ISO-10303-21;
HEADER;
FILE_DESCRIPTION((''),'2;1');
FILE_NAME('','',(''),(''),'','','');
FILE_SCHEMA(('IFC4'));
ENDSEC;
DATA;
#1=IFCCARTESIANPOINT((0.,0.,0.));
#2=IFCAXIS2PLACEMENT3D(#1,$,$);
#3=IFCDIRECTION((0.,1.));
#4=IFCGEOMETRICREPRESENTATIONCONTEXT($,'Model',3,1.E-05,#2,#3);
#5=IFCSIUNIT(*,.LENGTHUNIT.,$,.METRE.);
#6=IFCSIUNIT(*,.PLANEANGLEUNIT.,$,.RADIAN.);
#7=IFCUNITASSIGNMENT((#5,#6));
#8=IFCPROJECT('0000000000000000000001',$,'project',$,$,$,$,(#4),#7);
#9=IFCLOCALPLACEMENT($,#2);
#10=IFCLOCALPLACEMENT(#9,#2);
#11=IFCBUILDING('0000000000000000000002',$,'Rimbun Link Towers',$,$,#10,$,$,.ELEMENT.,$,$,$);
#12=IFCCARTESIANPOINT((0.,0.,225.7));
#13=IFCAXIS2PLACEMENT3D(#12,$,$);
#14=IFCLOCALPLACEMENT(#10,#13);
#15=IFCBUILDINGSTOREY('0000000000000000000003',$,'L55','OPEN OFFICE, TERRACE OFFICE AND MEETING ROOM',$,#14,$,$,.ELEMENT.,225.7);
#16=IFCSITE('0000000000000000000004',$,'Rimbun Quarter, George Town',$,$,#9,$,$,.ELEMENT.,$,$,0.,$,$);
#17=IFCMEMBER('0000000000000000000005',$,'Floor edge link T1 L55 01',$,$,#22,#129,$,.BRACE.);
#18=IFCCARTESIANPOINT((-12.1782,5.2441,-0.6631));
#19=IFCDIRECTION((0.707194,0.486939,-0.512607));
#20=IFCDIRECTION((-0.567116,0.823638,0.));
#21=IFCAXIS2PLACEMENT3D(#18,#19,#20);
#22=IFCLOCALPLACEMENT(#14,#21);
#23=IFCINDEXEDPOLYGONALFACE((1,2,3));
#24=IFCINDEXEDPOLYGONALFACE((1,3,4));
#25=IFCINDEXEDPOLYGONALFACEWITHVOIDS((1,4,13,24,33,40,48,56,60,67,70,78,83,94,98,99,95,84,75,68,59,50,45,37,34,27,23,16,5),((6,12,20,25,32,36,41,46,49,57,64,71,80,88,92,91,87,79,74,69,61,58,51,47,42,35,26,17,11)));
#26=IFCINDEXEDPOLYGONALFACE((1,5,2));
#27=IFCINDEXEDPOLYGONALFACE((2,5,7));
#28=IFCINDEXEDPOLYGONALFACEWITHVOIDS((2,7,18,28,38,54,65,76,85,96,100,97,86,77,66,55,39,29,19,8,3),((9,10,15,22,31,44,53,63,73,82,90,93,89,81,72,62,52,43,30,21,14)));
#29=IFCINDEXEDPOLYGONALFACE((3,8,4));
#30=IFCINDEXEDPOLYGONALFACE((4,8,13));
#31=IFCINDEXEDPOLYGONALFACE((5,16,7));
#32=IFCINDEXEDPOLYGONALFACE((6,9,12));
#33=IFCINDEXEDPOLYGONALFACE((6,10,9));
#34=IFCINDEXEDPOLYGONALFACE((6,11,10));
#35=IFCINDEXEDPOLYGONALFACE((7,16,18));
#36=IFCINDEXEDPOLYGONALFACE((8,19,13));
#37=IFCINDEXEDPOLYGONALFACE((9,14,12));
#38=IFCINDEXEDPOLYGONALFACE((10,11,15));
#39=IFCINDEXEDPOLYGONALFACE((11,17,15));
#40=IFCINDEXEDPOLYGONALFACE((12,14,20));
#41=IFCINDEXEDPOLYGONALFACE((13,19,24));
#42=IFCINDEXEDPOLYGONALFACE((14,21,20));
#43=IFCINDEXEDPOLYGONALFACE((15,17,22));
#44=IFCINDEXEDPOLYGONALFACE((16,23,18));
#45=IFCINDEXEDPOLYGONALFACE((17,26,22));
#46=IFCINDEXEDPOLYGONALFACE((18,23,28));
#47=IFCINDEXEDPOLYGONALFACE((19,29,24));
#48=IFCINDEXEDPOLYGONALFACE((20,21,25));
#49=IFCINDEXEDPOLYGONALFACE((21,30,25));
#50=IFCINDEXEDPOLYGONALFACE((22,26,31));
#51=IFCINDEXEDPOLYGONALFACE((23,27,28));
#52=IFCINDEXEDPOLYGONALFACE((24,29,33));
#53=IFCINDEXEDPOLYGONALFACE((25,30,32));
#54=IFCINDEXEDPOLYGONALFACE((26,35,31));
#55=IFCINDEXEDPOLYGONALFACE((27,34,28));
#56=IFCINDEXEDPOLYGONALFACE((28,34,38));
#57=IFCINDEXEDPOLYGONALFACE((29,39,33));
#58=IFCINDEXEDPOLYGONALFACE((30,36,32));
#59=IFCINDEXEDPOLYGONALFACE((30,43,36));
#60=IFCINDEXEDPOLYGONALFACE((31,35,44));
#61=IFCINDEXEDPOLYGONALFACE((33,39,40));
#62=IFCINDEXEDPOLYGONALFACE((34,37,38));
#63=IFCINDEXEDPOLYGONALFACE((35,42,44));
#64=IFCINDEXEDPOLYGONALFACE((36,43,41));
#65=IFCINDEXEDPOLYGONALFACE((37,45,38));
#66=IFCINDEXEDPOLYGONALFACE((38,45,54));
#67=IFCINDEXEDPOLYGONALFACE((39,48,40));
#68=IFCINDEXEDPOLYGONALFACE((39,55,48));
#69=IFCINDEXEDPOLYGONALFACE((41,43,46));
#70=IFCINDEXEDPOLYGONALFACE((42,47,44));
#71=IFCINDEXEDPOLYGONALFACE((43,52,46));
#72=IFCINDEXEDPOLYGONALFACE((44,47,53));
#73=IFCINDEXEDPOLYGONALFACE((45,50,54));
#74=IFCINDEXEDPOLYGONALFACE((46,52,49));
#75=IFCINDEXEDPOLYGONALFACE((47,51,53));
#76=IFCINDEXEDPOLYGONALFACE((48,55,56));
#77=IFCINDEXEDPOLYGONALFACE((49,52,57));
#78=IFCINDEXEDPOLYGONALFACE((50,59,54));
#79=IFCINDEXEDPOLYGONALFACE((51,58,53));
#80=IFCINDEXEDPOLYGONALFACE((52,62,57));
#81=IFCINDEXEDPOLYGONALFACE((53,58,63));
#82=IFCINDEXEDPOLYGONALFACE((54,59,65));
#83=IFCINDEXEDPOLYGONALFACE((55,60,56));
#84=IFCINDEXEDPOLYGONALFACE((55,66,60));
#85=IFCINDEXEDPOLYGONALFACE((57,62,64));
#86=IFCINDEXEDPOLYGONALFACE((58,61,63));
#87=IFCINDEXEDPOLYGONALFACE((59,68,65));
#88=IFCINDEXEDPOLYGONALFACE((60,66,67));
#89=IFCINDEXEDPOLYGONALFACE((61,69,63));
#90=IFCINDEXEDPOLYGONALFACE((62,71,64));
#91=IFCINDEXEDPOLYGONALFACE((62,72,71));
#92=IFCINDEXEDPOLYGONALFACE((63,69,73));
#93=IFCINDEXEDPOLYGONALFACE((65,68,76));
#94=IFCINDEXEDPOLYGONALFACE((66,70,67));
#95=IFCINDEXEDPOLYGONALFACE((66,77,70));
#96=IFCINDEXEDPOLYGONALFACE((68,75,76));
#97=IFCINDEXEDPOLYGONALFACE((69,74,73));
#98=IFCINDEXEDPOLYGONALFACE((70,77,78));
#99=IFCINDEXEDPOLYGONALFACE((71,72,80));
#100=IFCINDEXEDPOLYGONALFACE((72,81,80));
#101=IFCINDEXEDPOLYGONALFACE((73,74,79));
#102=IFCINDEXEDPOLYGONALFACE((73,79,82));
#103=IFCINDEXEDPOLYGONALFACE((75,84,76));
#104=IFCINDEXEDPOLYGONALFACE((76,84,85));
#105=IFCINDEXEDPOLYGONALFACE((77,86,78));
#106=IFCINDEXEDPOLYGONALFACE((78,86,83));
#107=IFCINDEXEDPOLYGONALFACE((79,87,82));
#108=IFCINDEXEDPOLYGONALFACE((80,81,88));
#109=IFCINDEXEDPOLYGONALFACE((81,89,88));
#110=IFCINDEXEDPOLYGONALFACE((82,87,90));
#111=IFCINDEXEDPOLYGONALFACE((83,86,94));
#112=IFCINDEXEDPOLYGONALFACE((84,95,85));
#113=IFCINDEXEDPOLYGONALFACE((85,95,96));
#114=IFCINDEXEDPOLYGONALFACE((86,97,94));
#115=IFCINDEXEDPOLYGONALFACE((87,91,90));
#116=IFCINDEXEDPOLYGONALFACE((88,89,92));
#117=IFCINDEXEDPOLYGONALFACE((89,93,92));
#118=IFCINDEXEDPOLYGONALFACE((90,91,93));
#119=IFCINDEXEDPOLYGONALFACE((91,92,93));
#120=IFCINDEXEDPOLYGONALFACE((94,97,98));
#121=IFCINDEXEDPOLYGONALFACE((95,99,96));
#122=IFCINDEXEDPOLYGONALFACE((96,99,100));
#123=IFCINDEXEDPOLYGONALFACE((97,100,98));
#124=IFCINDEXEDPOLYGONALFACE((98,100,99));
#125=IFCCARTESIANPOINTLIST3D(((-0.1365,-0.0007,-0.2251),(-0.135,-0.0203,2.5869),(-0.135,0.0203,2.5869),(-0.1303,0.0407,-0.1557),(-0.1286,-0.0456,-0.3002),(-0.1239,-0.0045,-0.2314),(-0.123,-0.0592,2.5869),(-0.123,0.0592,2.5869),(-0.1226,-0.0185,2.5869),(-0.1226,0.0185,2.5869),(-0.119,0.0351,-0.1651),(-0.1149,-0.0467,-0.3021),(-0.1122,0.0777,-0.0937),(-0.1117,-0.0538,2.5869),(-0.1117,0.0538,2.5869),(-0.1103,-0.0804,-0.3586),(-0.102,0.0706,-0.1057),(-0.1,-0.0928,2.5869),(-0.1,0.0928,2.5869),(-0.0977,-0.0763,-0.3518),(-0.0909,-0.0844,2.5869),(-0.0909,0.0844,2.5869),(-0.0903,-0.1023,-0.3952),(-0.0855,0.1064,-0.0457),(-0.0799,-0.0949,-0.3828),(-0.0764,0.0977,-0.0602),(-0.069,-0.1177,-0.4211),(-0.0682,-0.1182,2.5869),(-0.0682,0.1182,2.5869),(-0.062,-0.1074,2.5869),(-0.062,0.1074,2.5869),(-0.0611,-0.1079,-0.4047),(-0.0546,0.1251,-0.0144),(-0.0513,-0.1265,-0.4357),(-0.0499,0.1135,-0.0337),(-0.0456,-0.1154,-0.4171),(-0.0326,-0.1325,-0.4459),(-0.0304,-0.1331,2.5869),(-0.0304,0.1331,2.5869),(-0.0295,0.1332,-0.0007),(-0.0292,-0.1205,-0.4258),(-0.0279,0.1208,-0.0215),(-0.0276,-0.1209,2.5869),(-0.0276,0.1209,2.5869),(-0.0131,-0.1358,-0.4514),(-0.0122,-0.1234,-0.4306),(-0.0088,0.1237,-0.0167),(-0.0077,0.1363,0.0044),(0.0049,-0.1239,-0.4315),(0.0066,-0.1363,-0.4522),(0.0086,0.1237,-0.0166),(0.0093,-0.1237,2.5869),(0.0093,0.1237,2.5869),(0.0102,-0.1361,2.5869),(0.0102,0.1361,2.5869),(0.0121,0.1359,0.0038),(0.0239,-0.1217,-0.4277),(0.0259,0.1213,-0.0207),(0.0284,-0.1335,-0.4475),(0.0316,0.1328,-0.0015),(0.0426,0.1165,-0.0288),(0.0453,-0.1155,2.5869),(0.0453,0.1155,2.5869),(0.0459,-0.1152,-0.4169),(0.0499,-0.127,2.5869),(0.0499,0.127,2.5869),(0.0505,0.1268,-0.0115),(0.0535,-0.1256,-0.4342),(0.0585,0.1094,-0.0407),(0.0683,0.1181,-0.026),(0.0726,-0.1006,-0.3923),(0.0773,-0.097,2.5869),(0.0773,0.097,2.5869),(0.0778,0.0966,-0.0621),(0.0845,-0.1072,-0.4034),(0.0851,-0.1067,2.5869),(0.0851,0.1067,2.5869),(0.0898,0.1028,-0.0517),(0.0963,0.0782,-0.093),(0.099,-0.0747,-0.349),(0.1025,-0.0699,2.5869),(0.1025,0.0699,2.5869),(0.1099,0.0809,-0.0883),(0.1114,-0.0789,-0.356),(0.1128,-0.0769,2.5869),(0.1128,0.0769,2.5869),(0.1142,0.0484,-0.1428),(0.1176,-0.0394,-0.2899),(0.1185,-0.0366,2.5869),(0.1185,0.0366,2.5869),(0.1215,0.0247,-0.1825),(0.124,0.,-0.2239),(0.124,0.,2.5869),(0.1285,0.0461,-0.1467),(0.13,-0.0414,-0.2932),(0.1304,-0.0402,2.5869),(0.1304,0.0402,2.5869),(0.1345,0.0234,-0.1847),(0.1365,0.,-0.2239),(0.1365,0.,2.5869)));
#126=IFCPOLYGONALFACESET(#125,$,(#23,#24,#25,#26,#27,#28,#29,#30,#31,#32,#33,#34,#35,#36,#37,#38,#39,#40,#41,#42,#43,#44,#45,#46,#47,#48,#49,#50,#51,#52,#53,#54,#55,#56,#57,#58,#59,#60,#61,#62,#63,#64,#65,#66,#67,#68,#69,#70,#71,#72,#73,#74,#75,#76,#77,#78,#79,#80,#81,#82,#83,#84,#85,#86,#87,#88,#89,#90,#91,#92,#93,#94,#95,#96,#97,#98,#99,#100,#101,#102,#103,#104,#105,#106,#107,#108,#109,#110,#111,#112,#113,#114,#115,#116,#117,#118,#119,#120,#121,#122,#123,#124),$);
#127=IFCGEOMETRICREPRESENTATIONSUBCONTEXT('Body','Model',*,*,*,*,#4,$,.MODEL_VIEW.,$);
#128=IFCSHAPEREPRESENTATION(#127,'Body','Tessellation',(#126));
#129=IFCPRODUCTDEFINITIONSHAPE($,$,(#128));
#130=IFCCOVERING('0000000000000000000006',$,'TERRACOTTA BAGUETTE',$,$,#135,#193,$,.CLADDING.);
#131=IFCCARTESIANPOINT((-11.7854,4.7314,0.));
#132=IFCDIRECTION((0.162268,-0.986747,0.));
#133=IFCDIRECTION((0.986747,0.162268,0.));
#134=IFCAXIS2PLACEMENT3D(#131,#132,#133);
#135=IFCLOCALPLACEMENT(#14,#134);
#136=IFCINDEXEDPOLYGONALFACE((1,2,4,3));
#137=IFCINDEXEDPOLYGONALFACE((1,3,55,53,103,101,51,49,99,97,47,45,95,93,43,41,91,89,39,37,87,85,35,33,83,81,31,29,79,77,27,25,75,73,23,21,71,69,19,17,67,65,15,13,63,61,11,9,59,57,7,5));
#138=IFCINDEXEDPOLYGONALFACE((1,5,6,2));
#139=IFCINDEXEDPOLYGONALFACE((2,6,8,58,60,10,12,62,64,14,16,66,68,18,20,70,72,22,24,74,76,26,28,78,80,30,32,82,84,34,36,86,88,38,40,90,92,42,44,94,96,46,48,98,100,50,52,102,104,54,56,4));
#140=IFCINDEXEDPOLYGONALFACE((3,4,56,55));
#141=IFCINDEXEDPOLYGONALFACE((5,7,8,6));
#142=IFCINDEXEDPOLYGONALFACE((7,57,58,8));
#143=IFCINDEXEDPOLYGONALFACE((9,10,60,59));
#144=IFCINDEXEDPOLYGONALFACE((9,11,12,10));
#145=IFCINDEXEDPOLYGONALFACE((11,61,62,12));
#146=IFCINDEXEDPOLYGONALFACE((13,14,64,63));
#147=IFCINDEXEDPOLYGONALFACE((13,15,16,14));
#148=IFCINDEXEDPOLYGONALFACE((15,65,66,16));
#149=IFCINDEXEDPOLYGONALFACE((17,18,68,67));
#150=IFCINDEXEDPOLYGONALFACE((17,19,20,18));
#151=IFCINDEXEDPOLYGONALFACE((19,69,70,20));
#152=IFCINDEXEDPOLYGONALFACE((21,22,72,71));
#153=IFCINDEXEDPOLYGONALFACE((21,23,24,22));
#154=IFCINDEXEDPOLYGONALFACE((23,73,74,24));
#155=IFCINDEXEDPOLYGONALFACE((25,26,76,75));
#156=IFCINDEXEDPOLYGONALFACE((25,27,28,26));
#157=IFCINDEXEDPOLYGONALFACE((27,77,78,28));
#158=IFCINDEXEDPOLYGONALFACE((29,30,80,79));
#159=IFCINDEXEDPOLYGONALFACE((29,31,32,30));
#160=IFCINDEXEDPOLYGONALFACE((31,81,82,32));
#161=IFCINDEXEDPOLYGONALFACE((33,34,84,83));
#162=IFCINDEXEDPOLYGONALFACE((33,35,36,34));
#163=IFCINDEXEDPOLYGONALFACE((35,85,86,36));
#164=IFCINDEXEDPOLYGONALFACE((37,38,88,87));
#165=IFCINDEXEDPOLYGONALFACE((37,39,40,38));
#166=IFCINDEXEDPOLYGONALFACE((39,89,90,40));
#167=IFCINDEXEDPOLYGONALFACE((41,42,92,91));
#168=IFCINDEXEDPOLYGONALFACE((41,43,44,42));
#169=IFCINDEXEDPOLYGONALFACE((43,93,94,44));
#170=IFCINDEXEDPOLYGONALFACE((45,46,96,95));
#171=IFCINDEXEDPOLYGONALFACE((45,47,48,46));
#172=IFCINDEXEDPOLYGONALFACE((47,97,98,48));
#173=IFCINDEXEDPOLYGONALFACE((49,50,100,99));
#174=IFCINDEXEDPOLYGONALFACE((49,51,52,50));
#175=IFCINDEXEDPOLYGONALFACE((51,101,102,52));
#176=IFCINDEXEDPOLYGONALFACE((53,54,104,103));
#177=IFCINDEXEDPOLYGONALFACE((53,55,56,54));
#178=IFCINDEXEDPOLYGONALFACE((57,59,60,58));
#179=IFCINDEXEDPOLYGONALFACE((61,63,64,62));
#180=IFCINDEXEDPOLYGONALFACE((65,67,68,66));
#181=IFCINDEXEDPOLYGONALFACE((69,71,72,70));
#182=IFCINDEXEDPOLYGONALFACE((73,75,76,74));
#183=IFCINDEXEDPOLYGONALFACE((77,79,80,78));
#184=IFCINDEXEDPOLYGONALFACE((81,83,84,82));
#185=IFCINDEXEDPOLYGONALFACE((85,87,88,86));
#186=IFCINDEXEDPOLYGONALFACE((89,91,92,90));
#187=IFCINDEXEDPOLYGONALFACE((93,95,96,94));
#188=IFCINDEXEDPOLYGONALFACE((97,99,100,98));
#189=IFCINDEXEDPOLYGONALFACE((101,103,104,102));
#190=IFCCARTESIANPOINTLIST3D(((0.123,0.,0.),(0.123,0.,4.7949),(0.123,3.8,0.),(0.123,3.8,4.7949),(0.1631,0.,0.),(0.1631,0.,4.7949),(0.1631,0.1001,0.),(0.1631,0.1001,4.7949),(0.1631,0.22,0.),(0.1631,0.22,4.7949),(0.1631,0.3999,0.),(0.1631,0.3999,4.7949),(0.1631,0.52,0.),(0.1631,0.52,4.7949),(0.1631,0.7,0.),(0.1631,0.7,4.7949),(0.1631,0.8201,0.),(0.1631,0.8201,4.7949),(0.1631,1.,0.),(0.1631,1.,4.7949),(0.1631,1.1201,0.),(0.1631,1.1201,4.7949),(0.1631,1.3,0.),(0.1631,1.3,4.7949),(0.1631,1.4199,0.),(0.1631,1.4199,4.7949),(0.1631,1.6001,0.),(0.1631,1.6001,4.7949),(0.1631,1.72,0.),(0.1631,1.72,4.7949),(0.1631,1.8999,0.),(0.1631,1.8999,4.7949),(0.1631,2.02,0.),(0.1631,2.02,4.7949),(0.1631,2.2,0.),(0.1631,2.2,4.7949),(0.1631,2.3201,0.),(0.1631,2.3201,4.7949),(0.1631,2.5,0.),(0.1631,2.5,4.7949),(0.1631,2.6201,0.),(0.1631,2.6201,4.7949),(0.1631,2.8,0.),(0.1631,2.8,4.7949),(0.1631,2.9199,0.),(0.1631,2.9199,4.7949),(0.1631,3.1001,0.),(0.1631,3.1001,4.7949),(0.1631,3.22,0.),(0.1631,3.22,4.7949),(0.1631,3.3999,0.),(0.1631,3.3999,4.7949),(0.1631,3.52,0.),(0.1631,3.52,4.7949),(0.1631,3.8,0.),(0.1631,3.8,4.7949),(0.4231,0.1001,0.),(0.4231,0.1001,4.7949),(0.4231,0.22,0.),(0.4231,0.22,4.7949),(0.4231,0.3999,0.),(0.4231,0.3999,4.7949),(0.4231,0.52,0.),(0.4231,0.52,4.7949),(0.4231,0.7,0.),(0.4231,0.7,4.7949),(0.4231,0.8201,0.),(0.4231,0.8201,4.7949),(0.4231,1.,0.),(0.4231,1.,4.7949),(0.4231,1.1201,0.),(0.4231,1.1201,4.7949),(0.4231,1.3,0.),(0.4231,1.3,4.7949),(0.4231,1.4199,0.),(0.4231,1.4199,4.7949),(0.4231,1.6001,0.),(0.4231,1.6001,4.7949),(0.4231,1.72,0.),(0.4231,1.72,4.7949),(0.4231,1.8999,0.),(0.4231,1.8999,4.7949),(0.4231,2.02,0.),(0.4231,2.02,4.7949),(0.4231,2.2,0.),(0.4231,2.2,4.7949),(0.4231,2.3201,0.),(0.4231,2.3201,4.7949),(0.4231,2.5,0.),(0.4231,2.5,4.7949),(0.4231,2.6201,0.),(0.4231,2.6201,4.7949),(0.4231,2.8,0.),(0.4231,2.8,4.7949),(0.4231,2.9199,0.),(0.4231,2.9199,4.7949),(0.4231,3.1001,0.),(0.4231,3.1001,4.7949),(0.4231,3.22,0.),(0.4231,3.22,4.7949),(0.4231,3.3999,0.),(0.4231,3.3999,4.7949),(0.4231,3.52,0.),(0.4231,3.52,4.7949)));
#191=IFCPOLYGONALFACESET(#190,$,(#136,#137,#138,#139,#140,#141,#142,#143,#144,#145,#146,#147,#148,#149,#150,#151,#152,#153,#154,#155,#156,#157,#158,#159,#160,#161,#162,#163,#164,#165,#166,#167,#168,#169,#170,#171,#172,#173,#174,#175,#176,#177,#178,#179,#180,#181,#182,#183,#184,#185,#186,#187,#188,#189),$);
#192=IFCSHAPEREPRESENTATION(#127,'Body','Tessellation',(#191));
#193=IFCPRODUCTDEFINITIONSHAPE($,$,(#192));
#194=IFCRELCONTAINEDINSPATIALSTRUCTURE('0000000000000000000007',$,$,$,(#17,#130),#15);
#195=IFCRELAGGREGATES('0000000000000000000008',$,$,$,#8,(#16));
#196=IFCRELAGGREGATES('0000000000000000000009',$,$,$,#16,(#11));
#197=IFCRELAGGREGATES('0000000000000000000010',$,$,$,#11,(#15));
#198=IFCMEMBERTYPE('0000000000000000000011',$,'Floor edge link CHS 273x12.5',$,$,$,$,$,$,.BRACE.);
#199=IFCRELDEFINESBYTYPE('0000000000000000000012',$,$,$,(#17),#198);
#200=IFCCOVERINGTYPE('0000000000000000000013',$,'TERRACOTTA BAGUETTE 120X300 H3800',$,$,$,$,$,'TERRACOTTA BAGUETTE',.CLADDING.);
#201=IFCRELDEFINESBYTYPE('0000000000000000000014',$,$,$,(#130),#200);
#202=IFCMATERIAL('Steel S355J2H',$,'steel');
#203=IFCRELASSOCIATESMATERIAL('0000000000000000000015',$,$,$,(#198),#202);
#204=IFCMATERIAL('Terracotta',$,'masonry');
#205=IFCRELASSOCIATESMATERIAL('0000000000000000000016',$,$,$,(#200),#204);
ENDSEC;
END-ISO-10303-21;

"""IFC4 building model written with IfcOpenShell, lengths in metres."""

from ifc_helpers import new_model, si_unit, direction, frame, origin, origin_2d, place, context, subcontext, project, spatial, polyline, hollow_circle, outline, extrude, clip, halfspace, material, material_profile, profile_set, type_object, element, save


model = new_model("IFC4")

# Units and contexts
model_context = context("Model", 3, precision=1e-05, world=origin(), true_north=direction((0.0, 1.0)))
body_context = subcontext(model_context, "Body", "Model", "MODEL_VIEW")
ifc_project = project(units=[si_unit("LENGTHUNIT", "METRE"), si_unit("PLANEANGLEUNIT", "RADIAN")], contexts=[model_context])

# Site, building, storey
site_placement = place(None, origin())
site = spatial("IfcSite", under=ifc_project, at=site_placement, Name="Rimbun Quarter, George Town", CompositionType="ELEMENT", RefElevation=0.0)
building_placement = place(site_placement, origin())
building = spatial("IfcBuilding", under=site, at=building_placement, Name="Rimbun Link Towers", CompositionType="ELEMENT")
storey_placement = place(building_placement, frame((0.0, 0.0, 225.7)))
storey = spatial("IfcBuildingStorey", under=building, at=storey_placement, Name="L55", Description="OPEN OFFICE, TERRACE OFFICE AND MEETING ROOM", CompositionType="ELEMENT", Elevation=225.7)

# Member
ifc_material_1 = material(Name="Steel S355J2H", Category="steel")
ifc_material_profile_1 = material_profile(ifc_material_1, hollow_circle(Radius=0.1365, WallThickness=0.0125, at=origin_2d()), Name="CHS 273x12.5")
ifc_profile_set_1 = profile_set([ifc_material_profile_1], Name="Steel S355J2H")
member_type_1 = type_object("IfcMemberType", Name="Floor edge link CHS 273x12.5", PredefinedType="BRACE", material=ifc_profile_set_1)
member_1_placement = place(storey_placement, frame((-12.1782, 5.2441, -0.6631), z_axis=(0.707194, 0.486939, -0.512607), x_axis=(-0.567116, 0.823638, 0.0)))
element("IfcMember", 1, at=member_1_placement, inside=storey, type_object=member_type_1, Name="Floor edge link T1 L55 01", PredefinedType="BRACE", context=body_context, shape_type="Clipping", body=[
    clip(extrude(hollow_circle(Radius=0.1365, WallThickness=0.0125, at=origin_2d()), frame((0.0, 0.0, -0.4768)), (0.0, 0.0, 1.0), 3.0637), halfspace(frame((0.0, 0.0, -0.2239), z_axis=(0.0, 0.858623, -0.512607)), False)),
])

# Covering
ifc_material_2 = material(Name="Terracotta", Category="masonry")
ifc_material_profile_2 = material_profile(ifc_material_2, outline(polyline([(0.123, 0.0), (0.1631, 0.0), (0.1631, 0.1001), (0.4231, 0.1001), (0.4231, 0.22), (0.1631, 0.22), (0.1631, 0.3999), (0.4231, 0.3999), (0.4231, 0.52), (0.1631, 0.52), (0.1631, 0.7), (0.4231, 0.7), (0.4231, 0.8201), (0.1631, 0.8201), (0.1631, 1.0), (0.4231, 1.0), (0.4231, 1.1201), (0.1631, 1.1201), (0.1631, 1.3), (0.4231, 1.3), (0.4231, 1.4199), (0.1631, 1.4199), (0.1631, 1.6001), (0.4231, 1.6001), (0.4231, 1.72), (0.1631, 1.72), (0.1631, 1.8999), (0.4231, 1.8999), (0.4231, 2.02), (0.1631, 2.02), (0.1631, 2.2), (0.4231, 2.2), (0.4231, 2.3201), (0.1631, 2.3201), (0.1631, 2.5), (0.4231, 2.5), (0.4231, 2.6201), (0.1631, 2.6201), (0.1631, 2.8), (0.4231, 2.8), (0.4231, 2.9199), (0.1631, 2.9199), (0.1631, 3.1001), (0.4231, 3.1001), (0.4231, 3.22), (0.1631, 3.22), (0.1631, 3.3999), (0.4231, 3.3999), (0.4231, 3.52), (0.1631, 3.52), (0.1631, 3.8), (0.123, 3.8), (0.123, 0.0)])), Name="BAGUETTE 120X300")
ifc_profile_set_2 = profile_set([ifc_material_profile_2], Name="Terracotta")
covering_type_1 = type_object("IfcCoveringType", Name="TERRACOTTA BAGUETTE 120X300 H3800", ElementType="TERRACOTTA BAGUETTE", PredefinedType="CLADDING", material=ifc_profile_set_2)
covering_1_placement = place(storey_placement, frame((-11.7854, 4.7314, 0.0), z_axis=(0.162268, -0.986747, 0.0), x_axis=(0.986747, 0.162268, 0.0)))
element("IfcCovering", 2, at=covering_1_placement, inside=storey, type_object=covering_type_1, Name="TERRACOTTA BAGUETTE", PredefinedType="CLADDING", context=body_context, shape_type="SweptSolid", body=[
    extrude(outline(polyline([(0.123, 0.0), (0.1631, 0.0), (0.1631, 0.1001), (0.4231, 0.1001), (0.4231, 0.22), (0.1631, 0.22), (0.1631, 0.3999), (0.4231, 0.3999), (0.4231, 0.52), (0.1631, 0.52), (0.1631, 0.7), (0.4231, 0.7), (0.4231, 0.8201), (0.1631, 0.8201), (0.1631, 1.0), (0.4231, 1.0), (0.4231, 1.1201), (0.1631, 1.1201), (0.1631, 1.3), (0.4231, 1.3), (0.4231, 1.4199), (0.1631, 1.4199), (0.1631, 1.6001), (0.4231, 1.6001), (0.4231, 1.72), (0.1631, 1.72), (0.1631, 1.8999), (0.4231, 1.8999), (0.4231, 2.02), (0.1631, 2.02), (0.1631, 2.2), (0.4231, 2.2), (0.4231, 2.3201), (0.1631, 2.3201), (0.1631, 2.5), (0.4231, 2.5), (0.4231, 2.6201), (0.1631, 2.6201), (0.1631, 2.8), (0.4231, 2.8), (0.4231, 2.9199), (0.1631, 2.9199), (0.1631, 3.1001), (0.4231, 3.1001), (0.4231, 3.22), (0.1631, 3.22), (0.1631, 3.3999), (0.4231, 3.3999), (0.4231, 3.52), (0.1631, 3.52), (0.1631, 3.8), (0.123, 3.8), (0.123, 0.0)])), origin(), (0.0, 0.0, 1.0), 4.7949),
])

save(model, "model.ifc")
